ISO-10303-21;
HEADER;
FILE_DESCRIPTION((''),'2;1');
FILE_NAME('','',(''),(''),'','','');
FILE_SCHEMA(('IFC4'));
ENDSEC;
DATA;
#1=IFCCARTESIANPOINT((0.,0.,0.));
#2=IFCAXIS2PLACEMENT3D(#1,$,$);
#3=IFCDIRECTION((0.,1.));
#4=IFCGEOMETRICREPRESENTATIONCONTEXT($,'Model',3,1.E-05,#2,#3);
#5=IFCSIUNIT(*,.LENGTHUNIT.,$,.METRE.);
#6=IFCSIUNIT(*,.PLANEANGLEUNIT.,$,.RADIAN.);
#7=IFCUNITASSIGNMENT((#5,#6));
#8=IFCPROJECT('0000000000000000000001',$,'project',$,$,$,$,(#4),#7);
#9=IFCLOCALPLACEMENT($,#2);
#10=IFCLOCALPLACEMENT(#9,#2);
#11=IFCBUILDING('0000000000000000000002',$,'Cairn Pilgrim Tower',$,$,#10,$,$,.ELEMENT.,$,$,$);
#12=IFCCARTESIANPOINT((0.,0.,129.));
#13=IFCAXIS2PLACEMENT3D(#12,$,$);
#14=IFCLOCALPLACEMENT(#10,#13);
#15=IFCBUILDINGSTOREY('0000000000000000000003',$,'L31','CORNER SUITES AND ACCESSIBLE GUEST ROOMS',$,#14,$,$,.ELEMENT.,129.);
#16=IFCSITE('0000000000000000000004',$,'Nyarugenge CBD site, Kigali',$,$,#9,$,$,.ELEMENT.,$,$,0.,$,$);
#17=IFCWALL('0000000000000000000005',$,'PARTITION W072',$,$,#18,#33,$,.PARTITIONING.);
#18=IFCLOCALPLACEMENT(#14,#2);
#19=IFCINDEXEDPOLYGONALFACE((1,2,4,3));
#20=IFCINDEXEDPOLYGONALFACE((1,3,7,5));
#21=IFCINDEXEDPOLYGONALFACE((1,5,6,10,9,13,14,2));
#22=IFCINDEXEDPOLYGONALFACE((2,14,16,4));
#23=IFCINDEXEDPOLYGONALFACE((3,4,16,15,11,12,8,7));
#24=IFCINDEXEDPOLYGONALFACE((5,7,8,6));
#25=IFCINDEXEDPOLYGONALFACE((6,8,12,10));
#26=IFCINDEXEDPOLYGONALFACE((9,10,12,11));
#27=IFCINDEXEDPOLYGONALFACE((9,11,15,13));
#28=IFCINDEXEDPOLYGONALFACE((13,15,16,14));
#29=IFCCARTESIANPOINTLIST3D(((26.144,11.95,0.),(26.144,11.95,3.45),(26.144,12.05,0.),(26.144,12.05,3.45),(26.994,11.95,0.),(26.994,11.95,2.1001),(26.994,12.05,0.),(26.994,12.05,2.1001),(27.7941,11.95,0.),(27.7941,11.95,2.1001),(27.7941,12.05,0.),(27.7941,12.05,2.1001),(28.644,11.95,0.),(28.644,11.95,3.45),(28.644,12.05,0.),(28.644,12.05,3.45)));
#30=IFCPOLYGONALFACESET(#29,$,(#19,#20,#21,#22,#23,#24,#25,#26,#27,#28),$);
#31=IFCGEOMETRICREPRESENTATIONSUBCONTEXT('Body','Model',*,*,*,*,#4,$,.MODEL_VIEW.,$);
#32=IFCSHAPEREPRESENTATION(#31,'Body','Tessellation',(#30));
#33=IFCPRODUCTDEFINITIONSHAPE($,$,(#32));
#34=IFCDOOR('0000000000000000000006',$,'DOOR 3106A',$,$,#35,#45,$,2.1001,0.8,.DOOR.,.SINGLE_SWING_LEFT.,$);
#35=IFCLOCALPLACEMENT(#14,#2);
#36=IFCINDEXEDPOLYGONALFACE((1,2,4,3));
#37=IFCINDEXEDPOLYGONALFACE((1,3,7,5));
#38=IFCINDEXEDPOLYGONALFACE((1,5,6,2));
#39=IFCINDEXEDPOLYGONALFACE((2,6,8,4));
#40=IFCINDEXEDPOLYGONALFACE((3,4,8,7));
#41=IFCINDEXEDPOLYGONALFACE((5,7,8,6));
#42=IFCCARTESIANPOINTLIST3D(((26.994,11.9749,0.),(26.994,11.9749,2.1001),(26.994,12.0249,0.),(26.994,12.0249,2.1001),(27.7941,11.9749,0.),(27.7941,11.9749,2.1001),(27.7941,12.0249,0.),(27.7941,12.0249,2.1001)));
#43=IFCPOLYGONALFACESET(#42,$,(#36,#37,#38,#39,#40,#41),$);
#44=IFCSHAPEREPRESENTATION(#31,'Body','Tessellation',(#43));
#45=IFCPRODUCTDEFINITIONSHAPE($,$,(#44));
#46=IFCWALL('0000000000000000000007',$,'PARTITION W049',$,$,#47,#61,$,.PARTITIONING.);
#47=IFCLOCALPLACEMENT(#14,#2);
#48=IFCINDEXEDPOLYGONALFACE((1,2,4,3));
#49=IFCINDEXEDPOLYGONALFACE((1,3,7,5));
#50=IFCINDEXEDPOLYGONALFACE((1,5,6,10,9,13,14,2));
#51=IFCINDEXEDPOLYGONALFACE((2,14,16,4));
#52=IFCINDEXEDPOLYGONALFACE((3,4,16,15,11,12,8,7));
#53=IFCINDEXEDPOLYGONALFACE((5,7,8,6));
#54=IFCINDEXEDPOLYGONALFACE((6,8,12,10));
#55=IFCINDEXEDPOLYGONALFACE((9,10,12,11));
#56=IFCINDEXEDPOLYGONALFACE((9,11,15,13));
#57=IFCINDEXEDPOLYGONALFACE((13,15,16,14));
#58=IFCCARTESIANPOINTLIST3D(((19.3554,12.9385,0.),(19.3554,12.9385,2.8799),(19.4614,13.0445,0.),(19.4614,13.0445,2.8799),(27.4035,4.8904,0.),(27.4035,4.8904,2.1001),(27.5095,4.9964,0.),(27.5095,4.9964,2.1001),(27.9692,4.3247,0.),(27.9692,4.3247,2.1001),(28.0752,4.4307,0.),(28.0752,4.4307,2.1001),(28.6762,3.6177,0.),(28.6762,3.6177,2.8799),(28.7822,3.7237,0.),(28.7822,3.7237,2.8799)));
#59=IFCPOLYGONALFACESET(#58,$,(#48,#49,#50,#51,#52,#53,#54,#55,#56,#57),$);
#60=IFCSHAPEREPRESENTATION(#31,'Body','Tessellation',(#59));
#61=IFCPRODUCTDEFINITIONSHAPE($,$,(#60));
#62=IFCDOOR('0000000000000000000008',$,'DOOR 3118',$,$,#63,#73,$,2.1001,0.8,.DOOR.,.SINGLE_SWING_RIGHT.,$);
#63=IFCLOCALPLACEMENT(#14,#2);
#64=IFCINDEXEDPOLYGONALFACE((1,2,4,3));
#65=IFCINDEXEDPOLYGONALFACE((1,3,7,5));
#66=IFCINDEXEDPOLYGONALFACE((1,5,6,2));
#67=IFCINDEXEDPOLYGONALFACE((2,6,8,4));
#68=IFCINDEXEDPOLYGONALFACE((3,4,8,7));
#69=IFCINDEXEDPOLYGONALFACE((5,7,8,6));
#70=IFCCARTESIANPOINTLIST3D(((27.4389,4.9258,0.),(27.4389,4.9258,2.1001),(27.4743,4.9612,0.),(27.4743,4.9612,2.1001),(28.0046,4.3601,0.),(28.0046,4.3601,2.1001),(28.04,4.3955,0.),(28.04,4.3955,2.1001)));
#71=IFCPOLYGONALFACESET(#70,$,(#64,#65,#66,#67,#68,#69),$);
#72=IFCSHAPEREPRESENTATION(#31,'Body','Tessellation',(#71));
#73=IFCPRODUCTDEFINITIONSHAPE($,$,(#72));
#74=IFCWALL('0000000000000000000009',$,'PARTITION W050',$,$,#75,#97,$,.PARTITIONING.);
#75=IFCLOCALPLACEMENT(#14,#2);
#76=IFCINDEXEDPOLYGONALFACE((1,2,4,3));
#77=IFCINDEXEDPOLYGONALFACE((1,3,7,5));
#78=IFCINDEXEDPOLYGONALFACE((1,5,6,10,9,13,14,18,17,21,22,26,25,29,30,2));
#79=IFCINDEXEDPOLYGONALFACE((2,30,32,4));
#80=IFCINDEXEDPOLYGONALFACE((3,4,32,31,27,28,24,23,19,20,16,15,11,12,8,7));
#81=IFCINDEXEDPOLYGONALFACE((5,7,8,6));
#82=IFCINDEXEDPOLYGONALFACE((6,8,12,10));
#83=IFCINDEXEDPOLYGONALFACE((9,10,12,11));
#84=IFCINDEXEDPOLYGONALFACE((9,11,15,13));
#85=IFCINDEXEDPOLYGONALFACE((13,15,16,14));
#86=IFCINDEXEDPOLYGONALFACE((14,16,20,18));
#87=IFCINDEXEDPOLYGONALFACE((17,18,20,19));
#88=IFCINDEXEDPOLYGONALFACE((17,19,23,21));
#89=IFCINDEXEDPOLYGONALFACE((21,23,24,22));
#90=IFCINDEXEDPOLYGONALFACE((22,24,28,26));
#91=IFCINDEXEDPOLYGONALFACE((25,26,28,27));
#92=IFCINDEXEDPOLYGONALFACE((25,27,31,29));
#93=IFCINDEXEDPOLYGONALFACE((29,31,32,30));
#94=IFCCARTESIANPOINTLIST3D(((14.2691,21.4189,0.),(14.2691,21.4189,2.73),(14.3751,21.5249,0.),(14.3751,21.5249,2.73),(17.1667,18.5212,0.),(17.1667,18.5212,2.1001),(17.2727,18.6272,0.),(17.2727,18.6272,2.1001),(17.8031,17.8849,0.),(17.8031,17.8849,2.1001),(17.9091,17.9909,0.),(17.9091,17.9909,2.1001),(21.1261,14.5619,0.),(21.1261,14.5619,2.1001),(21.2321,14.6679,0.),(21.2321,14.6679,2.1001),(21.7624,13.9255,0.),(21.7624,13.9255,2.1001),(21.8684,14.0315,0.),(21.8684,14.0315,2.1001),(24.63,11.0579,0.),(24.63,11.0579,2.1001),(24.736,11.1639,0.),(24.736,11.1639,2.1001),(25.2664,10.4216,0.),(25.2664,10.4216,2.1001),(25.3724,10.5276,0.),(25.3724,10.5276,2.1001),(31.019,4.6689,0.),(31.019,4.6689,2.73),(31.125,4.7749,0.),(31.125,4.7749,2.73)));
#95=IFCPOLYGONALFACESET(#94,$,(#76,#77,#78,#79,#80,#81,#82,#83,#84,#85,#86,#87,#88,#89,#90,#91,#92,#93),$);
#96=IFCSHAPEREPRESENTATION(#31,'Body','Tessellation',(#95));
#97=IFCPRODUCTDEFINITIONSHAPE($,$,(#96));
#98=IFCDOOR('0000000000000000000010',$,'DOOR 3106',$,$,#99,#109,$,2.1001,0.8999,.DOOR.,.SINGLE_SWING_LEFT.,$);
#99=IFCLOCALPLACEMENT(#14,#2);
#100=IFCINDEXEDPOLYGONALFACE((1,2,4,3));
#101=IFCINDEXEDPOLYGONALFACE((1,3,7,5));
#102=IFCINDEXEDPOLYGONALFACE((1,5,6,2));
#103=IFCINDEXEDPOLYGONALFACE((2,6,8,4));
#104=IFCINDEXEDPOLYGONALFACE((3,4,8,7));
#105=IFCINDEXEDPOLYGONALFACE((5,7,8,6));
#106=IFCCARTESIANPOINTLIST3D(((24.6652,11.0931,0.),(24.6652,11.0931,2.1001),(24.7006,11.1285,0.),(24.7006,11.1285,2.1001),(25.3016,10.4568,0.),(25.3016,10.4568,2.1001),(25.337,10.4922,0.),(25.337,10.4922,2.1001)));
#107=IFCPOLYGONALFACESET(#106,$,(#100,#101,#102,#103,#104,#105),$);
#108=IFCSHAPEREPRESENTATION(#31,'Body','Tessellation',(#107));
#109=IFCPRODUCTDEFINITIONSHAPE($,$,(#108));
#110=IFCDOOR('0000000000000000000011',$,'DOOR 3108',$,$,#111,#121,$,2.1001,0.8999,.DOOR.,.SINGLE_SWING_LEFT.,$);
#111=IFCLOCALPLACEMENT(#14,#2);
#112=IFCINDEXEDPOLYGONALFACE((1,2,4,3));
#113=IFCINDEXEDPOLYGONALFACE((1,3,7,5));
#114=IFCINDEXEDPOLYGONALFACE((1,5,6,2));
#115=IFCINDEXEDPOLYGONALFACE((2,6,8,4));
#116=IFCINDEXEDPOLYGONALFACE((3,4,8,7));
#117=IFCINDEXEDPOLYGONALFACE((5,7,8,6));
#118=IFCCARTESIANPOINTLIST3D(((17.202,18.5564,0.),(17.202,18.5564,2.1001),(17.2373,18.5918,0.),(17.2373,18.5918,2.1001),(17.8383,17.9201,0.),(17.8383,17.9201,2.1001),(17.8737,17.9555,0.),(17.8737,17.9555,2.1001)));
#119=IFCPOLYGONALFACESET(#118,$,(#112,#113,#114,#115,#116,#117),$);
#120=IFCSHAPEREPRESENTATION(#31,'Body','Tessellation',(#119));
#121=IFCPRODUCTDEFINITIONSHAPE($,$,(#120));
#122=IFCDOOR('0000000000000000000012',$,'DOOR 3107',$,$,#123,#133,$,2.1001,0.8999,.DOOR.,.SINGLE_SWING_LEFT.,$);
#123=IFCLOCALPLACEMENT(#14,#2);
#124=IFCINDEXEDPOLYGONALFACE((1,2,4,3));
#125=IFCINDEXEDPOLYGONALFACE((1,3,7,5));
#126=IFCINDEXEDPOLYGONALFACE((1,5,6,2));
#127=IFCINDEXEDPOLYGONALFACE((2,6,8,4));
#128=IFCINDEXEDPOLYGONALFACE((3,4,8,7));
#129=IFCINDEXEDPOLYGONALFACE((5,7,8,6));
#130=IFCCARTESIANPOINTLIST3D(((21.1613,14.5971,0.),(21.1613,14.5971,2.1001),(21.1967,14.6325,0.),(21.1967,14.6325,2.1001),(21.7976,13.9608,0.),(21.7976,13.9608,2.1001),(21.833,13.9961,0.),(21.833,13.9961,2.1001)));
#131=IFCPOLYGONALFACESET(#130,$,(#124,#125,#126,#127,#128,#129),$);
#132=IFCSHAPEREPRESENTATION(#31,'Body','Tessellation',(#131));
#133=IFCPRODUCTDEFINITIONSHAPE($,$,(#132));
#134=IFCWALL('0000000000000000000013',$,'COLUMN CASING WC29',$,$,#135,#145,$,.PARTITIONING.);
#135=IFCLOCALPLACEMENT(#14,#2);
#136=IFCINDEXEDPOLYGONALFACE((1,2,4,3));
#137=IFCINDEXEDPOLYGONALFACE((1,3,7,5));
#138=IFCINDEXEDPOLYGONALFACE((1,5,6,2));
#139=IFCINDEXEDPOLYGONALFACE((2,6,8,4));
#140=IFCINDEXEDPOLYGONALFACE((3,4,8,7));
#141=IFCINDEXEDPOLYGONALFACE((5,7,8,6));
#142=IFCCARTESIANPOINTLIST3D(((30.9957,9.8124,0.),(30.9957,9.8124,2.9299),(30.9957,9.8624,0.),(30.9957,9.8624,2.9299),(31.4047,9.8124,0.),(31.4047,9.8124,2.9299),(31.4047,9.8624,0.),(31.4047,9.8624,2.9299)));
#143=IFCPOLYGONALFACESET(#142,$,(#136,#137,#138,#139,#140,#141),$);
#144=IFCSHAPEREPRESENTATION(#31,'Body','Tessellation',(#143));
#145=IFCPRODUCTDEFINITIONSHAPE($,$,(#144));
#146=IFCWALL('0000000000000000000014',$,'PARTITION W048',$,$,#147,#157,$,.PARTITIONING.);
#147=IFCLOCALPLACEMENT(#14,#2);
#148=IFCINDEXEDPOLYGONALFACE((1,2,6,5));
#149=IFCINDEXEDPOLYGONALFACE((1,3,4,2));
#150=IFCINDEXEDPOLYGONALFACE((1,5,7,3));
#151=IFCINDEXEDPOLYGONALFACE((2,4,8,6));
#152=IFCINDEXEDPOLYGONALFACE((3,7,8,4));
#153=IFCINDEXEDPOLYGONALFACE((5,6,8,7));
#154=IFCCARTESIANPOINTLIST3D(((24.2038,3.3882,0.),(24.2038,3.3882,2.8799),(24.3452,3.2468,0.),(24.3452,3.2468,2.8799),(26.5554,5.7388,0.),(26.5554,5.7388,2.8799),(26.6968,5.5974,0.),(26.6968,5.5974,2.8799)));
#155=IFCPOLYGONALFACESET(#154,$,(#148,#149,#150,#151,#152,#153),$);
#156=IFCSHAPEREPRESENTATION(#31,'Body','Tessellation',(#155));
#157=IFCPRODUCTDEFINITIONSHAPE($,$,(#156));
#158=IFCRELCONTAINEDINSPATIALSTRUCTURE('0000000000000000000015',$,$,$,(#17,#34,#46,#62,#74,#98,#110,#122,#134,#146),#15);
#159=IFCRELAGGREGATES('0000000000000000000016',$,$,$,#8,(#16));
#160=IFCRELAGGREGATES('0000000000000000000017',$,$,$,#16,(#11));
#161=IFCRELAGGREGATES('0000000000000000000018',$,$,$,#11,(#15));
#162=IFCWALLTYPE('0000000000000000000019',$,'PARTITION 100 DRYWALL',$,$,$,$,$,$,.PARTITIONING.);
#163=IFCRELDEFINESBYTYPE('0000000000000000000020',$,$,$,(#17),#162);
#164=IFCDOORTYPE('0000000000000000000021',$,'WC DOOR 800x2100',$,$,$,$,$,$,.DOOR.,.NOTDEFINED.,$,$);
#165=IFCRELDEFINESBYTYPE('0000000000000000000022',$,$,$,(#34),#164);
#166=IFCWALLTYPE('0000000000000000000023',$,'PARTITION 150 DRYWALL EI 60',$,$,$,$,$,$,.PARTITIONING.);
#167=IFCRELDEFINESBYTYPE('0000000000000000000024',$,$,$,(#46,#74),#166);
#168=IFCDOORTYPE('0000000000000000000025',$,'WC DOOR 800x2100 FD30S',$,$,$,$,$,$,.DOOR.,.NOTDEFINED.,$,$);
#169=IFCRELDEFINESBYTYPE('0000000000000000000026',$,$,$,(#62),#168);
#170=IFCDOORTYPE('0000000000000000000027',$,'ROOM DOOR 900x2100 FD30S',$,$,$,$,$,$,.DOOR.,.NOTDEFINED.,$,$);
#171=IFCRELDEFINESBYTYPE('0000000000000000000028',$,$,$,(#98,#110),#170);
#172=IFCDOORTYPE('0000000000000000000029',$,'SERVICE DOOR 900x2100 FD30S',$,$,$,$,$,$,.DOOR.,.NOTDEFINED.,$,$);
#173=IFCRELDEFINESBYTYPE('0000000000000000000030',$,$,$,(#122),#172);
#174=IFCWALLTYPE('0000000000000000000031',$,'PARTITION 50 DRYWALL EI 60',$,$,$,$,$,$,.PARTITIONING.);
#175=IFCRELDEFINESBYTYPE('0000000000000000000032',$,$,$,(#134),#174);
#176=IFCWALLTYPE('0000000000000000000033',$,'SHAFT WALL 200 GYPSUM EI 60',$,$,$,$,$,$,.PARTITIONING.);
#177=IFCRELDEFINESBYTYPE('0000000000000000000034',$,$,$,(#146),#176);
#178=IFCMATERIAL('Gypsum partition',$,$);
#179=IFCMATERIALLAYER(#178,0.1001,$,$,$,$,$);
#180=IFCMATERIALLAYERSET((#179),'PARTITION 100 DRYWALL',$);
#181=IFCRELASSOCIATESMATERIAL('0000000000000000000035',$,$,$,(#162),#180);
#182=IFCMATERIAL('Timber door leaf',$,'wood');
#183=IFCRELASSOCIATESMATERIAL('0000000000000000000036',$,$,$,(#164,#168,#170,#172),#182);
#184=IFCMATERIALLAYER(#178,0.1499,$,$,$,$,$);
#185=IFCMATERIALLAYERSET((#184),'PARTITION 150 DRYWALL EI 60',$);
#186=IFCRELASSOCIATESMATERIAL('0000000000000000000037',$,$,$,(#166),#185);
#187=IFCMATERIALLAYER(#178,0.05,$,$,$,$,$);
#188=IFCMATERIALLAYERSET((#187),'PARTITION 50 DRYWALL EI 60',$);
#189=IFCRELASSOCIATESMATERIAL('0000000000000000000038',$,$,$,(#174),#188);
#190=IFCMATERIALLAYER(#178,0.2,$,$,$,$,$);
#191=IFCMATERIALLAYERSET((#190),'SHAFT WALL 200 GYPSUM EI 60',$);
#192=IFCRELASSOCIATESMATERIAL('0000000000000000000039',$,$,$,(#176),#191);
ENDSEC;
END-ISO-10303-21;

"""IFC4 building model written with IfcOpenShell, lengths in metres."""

from ifc_helpers import new_model, si_unit, direction, frame, frame_2d, origin, place, context, subcontext, project, spatial, rectangle, extrude, material, layer, layer_set, type_object, element, fill, save


model = new_model("IFC4")

# Units and contexts
model_context = context("Model", 3, precision=1e-05, world=origin(), true_north=direction((0.0, 1.0)))
body_context = subcontext(model_context, "Body", "Model", "MODEL_VIEW")
ifc_project = project(units=[si_unit("LENGTHUNIT", "METRE"), si_unit("PLANEANGLEUNIT", "RADIAN")], contexts=[model_context])

# Site, building, storey
site_placement = place(None, origin())
site = spatial("IfcSite", under=ifc_project, at=site_placement, Name="Nyarugenge CBD site, Kigali", CompositionType="ELEMENT", RefElevation=0.0)
building_placement = place(site_placement, origin())
building = spatial("IfcBuilding", under=site, at=building_placement, Name="Cairn Pilgrim Tower", CompositionType="ELEMENT")
storey_placement = place(building_placement, frame((0.0, 0.0, 129.0)))
storey = spatial("IfcBuildingStorey", under=building, at=storey_placement, Name="L31", Description="CORNER SUITES AND ACCESSIBLE GUEST ROOMS", CompositionType="ELEMENT", Elevation=129.0)

# Shared definitions
ifc_material_1 = material(Name="Gypsum partition")
ifc_layer_1 = layer(ifc_material_1, 0.1001)
ifc_layer_set_1 = layer_set([ifc_layer_1], Name="PARTITION 100 DRYWALL")
wall_type_1 = type_object("IfcWallType", Name="PARTITION 100 DRYWALL", PredefinedType="PARTITIONING", material=ifc_layer_set_1)
ifc_material_2 = material(Name="Timber door leaf", Category="wood")

# Walls, openings, doors
wall_1_placement = place(storey_placement, frame((26.144, 12.0, 0.0), z_axis=(0.0, 0.0, 1.0), x_axis=(1.0, 0.0, 0.0)))
wall_1 = element("IfcWall", 1, at=wall_1_placement, inside=storey, type_object=wall_type_1, Name="PARTITION W072", PredefinedType="PARTITIONING", context=body_context, shape_type="SweptSolid", body=[
    extrude(rectangle(XDim=2.5, YDim=0.1001, at=frame_2d((1.25, 0.0))), origin(), (0.0, 0.0, 1.0), 3.45),
])
opening_1_placement = place(wall_1_placement, frame((0.8501, 0.0, 0.0)))
opening_1 = element("IfcOpeningElement", 2, at=opening_1_placement, cuts=wall_1, PredefinedType="OPENING", context=body_context, shape_type="SweptSolid", body=[
    extrude(rectangle(XDim=0.8, YDim=2.1001, at=frame_2d((0.3999, 1.05))), frame((0.0, 0.0601, 0.0), z_axis=(0.0, -1.0, 0.0), x_axis=(1.0, 0.0, 0.0)), (0.0, 0.0, 1.0), 0.1201),
])
door_type_1 = type_object("IfcDoorType", Name="WC DOOR 800x2100", OperationType="NOTDEFINED", PredefinedType="DOOR", material=ifc_material_2)
door_1_placement = place(opening_1_placement, origin())
door_1 = element("IfcDoor", 3, at=door_1_placement, inside=storey, type_object=door_type_1, Name="DOOR 3106A", OperationType="SINGLE_SWING_LEFT", OverallHeight=2.1001, OverallWidth=0.8, PredefinedType="DOOR", context=body_context, shape_type="SweptSolid", body=[
    extrude(rectangle(XDim=0.8, YDim=2.1001, at=frame_2d((0.3999, 1.05))), frame((0.0, 0.0249, 0.0), z_axis=(0.0, -1.0, 0.0), x_axis=(1.0, 0.0, 0.0)), (0.0, 0.0, 1.0), 0.05),
])
fill(opening_1, door_1)
ifc_layer_2 = layer(ifc_material_1, 0.1499)
ifc_layer_set_2 = layer_set([ifc_layer_2], Name="PARTITION 150 DRYWALL EI 60")
wall_type_2 = type_object("IfcWallType", Name="PARTITION 150 DRYWALL EI 60", PredefinedType="PARTITIONING", material=ifc_layer_set_2)
wall_2_placement = place(storey_placement, frame((28.7292, 3.6707, 0.0), z_axis=(0.0, 0.0, 1.0), x_axis=(-0.707107, 0.707107, 0.0)))
wall_2 = element("IfcWall", 4, at=wall_2_placement, inside=storey, type_object=wall_type_2, Name="PARTITION W049", PredefinedType="PARTITIONING", context=body_context, shape_type="SweptSolid", body=[
    extrude(rectangle(XDim=13.1816, YDim=0.1499, at=frame_2d((6.5908, 0.0))), origin(), (0.0, 0.0, 1.0), 2.8799),
])
opening_2_placement = place(wall_2_placement, frame((1.0, 0.0, 0.0)))
opening_2 = element("IfcOpeningElement", 5, at=opening_2_placement, cuts=wall_2, PredefinedType="OPENING", context=body_context, shape_type="SweptSolid", body=[
    extrude(rectangle(XDim=0.8, YDim=2.1001, at=frame_2d((0.3999, 1.05))), frame((0.0, 0.085, 0.0), z_axis=(0.0, -1.0, 0.0), x_axis=(1.0, 0.0, 0.0)), (0.0, 0.0, 1.0), 0.1699),
])
door_type_2 = type_object("IfcDoorType", Name="WC DOOR 800x2100 FD30S", OperationType="NOTDEFINED", PredefinedType="DOOR", material=ifc_material_2)
door_2_placement = place(opening_2_placement, origin())
door_2 = element("IfcDoor", 6, at=door_2_placement, inside=storey, type_object=door_type_2, Name="DOOR 3118", OperationType="SINGLE_SWING_RIGHT", OverallHeight=2.1001, OverallWidth=0.8, PredefinedType="DOOR", context=body_context, shape_type="SweptSolid", body=[
    extrude(rectangle(XDim=0.8, YDim=2.1001, at=frame_2d((0.3999, 1.05))), frame((0.0, 0.0249, 0.0), z_axis=(0.0, -1.0, 0.0), x_axis=(1.0, 0.0, 0.0)), (0.0, 0.0, 1.0), 0.05),
])
fill(opening_2, door_2)

# Wall, openings, doors
wall_3_placement = place(storey_placement, frame((31.072, 4.7219, 0.0), z_axis=(0.0, 0.0, 1.0), x_axis=(-0.707107, 0.707107, 0.0)))
wall_3 = element("IfcWall", 7, at=wall_3_placement, inside=storey, type_object=wall_type_2, Name="PARTITION W050", PredefinedType="PARTITIONING", context=body_context, shape_type="SweptSolid", body=[
    extrude(rectangle(XDim=23.688, YDim=0.1499, at=frame_2d((11.844, 0.0))), origin(), (0.0, 0.0, 1.0), 2.73),
])
opening_3_placement = place(wall_3_placement, frame((8.1355, 0.0, 0.0)))
opening_3 = element("IfcOpeningElement", 8, at=opening_3_placement, cuts=wall_3, PredefinedType="OPENING", context=body_context, shape_type="SweptSolid", body=[
    extrude(rectangle(XDim=0.8999, YDim=2.1001, at=frame_2d((0.45, 1.05))), frame((0.0, 0.085, 0.0), z_axis=(0.0, -1.0, 0.0), x_axis=(1.0, 0.0, 0.0)), (0.0, 0.0, 1.0), 0.1699),
])
opening_4_placement = place(wall_3_placement, frame((13.0908, 0.0, 0.0)))
opening_4 = element("IfcOpeningElement", 9, at=opening_4_placement, cuts=wall_3, PredefinedType="OPENING", context=body_context, shape_type="SweptSolid", body=[
    extrude(rectangle(XDim=0.8999, YDim=2.1001, at=frame_2d((0.45, 1.05))), frame((0.0, 0.085, 0.0), z_axis=(0.0, -1.0, 0.0), x_axis=(1.0, 0.0, 0.0)), (0.0, 0.0, 1.0), 0.1699),
])
opening_5_placement = place(wall_3_placement, frame((18.6902, 0.0, 0.0)))
opening_5 = element("IfcOpeningElement", 10, at=opening_5_placement, cuts=wall_3, PredefinedType="OPENING", context=body_context, shape_type="SweptSolid", body=[
    extrude(rectangle(XDim=0.8999, YDim=2.1001, at=frame_2d((0.45, 1.05))), frame((0.0, 0.085, 0.0), z_axis=(0.0, -1.0, 0.0), x_axis=(1.0, 0.0, 0.0)), (0.0, 0.0, 1.0), 0.1699),
])
door_type_3 = type_object("IfcDoorType", Name="ROOM DOOR 900x2100 FD30S", OperationType="NOTDEFINED", PredefinedType="DOOR", material=ifc_material_2)
door_3_placement = place(opening_3_placement, frame((0.8999, 0.0, 0.0), z_axis=(0.0, 0.0, 1.0), x_axis=(-1.0, 0.0, 0.0)))
door_3 = element("IfcDoor", 11, at=door_3_placement, inside=storey, type_object=door_type_3, Name="DOOR 3106", OperationType="SINGLE_SWING_LEFT", OverallHeight=2.1001, OverallWidth=0.8999, PredefinedType="DOOR", context=body_context, shape_type="SweptSolid", body=[
    extrude(rectangle(XDim=0.8999, YDim=2.1001, at=frame_2d((0.45, 1.05))), frame((0.0, 0.0249, 0.0), z_axis=(0.0, -1.0, 0.0), x_axis=(1.0, 0.0, 0.0)), (0.0, 0.0, 1.0), 0.05),
])
fill(opening_3, door_3)
door_4_placement = place(opening_5_placement, frame((0.8999, 0.0, 0.0), z_axis=(0.0, 0.0, 1.0), x_axis=(-1.0, 0.0, 0.0)))
door_4 = element("IfcDoor", 12, at=door_4_placement, inside=storey, type_object=door_type_3, Name="DOOR 3108", OperationType="SINGLE_SWING_LEFT", OverallHeight=2.1001, OverallWidth=0.8999, PredefinedType="DOOR", context=body_context, shape_type="SweptSolid", body=[
    extrude(rectangle(XDim=0.8999, YDim=2.1001, at=frame_2d((0.45, 1.05))), frame((0.0, 0.0249, 0.0), z_axis=(0.0, -1.0, 0.0), x_axis=(1.0, 0.0, 0.0)), (0.0, 0.0, 1.0), 0.05),
])
fill(opening_5, door_4)
door_type_4 = type_object("IfcDoorType", Name="SERVICE DOOR 900x2100 FD30S", OperationType="NOTDEFINED", PredefinedType="DOOR", material=ifc_material_2)
door_5_placement = place(opening_4_placement, frame((0.8999, 0.0, 0.0), z_axis=(0.0, 0.0, 1.0), x_axis=(-1.0, 0.0, 0.0)))
door_5 = element("IfcDoor", 13, at=door_5_placement, inside=storey, type_object=door_type_4, Name="DOOR 3107", OperationType="SINGLE_SWING_LEFT", OverallHeight=2.1001, OverallWidth=0.8999, PredefinedType="DOOR", context=body_context, shape_type="SweptSolid", body=[
    extrude(rectangle(XDim=0.8999, YDim=2.1001, at=frame_2d((0.45, 1.05))), frame((0.0, 0.0249, 0.0), z_axis=(0.0, -1.0, 0.0), x_axis=(1.0, 0.0, 0.0)), (0.0, 0.0, 1.0), 0.05),
])
fill(opening_4, door_5)

# Walls
ifc_layer_3 = layer(ifc_material_1, 0.05)
ifc_layer_set_3 = layer_set([ifc_layer_3], Name="PARTITION 50 DRYWALL EI 60")
wall_type_3 = type_object("IfcWallType", Name="PARTITION 50 DRYWALL EI 60", PredefinedType="PARTITIONING", material=ifc_layer_set_3)
wall_4_placement = place(storey_placement, frame((30.9956, 9.8374, 0.0), z_axis=(0.0, 0.0, 1.0), x_axis=(1.0, 0.0, 0.0)))
element("IfcWall", 14, at=wall_4_placement, inside=storey, type_object=wall_type_3, Name="COLUMN CASING WC29", PredefinedType="PARTITIONING", context=body_context, shape_type="SweptSolid", body=[
    extrude(rectangle(XDim=0.4089, YDim=0.05, at=frame_2d((0.2046, 0.0))), origin(), (0.0, 0.0, 1.0), 2.9299),
])
ifc_layer_4 = layer(ifc_material_1, 0.2)
ifc_layer_set_4 = layer_set([ifc_layer_4], Name="SHAFT WALL 200 GYPSUM EI 60")
wall_type_4 = type_object("IfcWallType", Name="SHAFT WALL 200 GYPSUM EI 60", PredefinedType="PARTITIONING", material=ifc_layer_set_4)
wall_5_placement = place(storey_placement, frame((24.2744, 3.3174, 0.0), z_axis=(0.0, 0.0, 1.0), x_axis=(0.707254, 0.70696, 0.0)))
element("IfcWall", 15, at=wall_5_placement, inside=storey, type_object=wall_type_4, Name="PARTITION W048", PredefinedType="PARTITIONING", context=body_context, shape_type="SweptSolid", body=[
    extrude(rectangle(XDim=3.325, YDim=0.2, at=frame_2d((1.6626, 0.0))), origin(), (0.0, 0.0, 1.0), 2.8799),
])

save(model, "model.ifc")
